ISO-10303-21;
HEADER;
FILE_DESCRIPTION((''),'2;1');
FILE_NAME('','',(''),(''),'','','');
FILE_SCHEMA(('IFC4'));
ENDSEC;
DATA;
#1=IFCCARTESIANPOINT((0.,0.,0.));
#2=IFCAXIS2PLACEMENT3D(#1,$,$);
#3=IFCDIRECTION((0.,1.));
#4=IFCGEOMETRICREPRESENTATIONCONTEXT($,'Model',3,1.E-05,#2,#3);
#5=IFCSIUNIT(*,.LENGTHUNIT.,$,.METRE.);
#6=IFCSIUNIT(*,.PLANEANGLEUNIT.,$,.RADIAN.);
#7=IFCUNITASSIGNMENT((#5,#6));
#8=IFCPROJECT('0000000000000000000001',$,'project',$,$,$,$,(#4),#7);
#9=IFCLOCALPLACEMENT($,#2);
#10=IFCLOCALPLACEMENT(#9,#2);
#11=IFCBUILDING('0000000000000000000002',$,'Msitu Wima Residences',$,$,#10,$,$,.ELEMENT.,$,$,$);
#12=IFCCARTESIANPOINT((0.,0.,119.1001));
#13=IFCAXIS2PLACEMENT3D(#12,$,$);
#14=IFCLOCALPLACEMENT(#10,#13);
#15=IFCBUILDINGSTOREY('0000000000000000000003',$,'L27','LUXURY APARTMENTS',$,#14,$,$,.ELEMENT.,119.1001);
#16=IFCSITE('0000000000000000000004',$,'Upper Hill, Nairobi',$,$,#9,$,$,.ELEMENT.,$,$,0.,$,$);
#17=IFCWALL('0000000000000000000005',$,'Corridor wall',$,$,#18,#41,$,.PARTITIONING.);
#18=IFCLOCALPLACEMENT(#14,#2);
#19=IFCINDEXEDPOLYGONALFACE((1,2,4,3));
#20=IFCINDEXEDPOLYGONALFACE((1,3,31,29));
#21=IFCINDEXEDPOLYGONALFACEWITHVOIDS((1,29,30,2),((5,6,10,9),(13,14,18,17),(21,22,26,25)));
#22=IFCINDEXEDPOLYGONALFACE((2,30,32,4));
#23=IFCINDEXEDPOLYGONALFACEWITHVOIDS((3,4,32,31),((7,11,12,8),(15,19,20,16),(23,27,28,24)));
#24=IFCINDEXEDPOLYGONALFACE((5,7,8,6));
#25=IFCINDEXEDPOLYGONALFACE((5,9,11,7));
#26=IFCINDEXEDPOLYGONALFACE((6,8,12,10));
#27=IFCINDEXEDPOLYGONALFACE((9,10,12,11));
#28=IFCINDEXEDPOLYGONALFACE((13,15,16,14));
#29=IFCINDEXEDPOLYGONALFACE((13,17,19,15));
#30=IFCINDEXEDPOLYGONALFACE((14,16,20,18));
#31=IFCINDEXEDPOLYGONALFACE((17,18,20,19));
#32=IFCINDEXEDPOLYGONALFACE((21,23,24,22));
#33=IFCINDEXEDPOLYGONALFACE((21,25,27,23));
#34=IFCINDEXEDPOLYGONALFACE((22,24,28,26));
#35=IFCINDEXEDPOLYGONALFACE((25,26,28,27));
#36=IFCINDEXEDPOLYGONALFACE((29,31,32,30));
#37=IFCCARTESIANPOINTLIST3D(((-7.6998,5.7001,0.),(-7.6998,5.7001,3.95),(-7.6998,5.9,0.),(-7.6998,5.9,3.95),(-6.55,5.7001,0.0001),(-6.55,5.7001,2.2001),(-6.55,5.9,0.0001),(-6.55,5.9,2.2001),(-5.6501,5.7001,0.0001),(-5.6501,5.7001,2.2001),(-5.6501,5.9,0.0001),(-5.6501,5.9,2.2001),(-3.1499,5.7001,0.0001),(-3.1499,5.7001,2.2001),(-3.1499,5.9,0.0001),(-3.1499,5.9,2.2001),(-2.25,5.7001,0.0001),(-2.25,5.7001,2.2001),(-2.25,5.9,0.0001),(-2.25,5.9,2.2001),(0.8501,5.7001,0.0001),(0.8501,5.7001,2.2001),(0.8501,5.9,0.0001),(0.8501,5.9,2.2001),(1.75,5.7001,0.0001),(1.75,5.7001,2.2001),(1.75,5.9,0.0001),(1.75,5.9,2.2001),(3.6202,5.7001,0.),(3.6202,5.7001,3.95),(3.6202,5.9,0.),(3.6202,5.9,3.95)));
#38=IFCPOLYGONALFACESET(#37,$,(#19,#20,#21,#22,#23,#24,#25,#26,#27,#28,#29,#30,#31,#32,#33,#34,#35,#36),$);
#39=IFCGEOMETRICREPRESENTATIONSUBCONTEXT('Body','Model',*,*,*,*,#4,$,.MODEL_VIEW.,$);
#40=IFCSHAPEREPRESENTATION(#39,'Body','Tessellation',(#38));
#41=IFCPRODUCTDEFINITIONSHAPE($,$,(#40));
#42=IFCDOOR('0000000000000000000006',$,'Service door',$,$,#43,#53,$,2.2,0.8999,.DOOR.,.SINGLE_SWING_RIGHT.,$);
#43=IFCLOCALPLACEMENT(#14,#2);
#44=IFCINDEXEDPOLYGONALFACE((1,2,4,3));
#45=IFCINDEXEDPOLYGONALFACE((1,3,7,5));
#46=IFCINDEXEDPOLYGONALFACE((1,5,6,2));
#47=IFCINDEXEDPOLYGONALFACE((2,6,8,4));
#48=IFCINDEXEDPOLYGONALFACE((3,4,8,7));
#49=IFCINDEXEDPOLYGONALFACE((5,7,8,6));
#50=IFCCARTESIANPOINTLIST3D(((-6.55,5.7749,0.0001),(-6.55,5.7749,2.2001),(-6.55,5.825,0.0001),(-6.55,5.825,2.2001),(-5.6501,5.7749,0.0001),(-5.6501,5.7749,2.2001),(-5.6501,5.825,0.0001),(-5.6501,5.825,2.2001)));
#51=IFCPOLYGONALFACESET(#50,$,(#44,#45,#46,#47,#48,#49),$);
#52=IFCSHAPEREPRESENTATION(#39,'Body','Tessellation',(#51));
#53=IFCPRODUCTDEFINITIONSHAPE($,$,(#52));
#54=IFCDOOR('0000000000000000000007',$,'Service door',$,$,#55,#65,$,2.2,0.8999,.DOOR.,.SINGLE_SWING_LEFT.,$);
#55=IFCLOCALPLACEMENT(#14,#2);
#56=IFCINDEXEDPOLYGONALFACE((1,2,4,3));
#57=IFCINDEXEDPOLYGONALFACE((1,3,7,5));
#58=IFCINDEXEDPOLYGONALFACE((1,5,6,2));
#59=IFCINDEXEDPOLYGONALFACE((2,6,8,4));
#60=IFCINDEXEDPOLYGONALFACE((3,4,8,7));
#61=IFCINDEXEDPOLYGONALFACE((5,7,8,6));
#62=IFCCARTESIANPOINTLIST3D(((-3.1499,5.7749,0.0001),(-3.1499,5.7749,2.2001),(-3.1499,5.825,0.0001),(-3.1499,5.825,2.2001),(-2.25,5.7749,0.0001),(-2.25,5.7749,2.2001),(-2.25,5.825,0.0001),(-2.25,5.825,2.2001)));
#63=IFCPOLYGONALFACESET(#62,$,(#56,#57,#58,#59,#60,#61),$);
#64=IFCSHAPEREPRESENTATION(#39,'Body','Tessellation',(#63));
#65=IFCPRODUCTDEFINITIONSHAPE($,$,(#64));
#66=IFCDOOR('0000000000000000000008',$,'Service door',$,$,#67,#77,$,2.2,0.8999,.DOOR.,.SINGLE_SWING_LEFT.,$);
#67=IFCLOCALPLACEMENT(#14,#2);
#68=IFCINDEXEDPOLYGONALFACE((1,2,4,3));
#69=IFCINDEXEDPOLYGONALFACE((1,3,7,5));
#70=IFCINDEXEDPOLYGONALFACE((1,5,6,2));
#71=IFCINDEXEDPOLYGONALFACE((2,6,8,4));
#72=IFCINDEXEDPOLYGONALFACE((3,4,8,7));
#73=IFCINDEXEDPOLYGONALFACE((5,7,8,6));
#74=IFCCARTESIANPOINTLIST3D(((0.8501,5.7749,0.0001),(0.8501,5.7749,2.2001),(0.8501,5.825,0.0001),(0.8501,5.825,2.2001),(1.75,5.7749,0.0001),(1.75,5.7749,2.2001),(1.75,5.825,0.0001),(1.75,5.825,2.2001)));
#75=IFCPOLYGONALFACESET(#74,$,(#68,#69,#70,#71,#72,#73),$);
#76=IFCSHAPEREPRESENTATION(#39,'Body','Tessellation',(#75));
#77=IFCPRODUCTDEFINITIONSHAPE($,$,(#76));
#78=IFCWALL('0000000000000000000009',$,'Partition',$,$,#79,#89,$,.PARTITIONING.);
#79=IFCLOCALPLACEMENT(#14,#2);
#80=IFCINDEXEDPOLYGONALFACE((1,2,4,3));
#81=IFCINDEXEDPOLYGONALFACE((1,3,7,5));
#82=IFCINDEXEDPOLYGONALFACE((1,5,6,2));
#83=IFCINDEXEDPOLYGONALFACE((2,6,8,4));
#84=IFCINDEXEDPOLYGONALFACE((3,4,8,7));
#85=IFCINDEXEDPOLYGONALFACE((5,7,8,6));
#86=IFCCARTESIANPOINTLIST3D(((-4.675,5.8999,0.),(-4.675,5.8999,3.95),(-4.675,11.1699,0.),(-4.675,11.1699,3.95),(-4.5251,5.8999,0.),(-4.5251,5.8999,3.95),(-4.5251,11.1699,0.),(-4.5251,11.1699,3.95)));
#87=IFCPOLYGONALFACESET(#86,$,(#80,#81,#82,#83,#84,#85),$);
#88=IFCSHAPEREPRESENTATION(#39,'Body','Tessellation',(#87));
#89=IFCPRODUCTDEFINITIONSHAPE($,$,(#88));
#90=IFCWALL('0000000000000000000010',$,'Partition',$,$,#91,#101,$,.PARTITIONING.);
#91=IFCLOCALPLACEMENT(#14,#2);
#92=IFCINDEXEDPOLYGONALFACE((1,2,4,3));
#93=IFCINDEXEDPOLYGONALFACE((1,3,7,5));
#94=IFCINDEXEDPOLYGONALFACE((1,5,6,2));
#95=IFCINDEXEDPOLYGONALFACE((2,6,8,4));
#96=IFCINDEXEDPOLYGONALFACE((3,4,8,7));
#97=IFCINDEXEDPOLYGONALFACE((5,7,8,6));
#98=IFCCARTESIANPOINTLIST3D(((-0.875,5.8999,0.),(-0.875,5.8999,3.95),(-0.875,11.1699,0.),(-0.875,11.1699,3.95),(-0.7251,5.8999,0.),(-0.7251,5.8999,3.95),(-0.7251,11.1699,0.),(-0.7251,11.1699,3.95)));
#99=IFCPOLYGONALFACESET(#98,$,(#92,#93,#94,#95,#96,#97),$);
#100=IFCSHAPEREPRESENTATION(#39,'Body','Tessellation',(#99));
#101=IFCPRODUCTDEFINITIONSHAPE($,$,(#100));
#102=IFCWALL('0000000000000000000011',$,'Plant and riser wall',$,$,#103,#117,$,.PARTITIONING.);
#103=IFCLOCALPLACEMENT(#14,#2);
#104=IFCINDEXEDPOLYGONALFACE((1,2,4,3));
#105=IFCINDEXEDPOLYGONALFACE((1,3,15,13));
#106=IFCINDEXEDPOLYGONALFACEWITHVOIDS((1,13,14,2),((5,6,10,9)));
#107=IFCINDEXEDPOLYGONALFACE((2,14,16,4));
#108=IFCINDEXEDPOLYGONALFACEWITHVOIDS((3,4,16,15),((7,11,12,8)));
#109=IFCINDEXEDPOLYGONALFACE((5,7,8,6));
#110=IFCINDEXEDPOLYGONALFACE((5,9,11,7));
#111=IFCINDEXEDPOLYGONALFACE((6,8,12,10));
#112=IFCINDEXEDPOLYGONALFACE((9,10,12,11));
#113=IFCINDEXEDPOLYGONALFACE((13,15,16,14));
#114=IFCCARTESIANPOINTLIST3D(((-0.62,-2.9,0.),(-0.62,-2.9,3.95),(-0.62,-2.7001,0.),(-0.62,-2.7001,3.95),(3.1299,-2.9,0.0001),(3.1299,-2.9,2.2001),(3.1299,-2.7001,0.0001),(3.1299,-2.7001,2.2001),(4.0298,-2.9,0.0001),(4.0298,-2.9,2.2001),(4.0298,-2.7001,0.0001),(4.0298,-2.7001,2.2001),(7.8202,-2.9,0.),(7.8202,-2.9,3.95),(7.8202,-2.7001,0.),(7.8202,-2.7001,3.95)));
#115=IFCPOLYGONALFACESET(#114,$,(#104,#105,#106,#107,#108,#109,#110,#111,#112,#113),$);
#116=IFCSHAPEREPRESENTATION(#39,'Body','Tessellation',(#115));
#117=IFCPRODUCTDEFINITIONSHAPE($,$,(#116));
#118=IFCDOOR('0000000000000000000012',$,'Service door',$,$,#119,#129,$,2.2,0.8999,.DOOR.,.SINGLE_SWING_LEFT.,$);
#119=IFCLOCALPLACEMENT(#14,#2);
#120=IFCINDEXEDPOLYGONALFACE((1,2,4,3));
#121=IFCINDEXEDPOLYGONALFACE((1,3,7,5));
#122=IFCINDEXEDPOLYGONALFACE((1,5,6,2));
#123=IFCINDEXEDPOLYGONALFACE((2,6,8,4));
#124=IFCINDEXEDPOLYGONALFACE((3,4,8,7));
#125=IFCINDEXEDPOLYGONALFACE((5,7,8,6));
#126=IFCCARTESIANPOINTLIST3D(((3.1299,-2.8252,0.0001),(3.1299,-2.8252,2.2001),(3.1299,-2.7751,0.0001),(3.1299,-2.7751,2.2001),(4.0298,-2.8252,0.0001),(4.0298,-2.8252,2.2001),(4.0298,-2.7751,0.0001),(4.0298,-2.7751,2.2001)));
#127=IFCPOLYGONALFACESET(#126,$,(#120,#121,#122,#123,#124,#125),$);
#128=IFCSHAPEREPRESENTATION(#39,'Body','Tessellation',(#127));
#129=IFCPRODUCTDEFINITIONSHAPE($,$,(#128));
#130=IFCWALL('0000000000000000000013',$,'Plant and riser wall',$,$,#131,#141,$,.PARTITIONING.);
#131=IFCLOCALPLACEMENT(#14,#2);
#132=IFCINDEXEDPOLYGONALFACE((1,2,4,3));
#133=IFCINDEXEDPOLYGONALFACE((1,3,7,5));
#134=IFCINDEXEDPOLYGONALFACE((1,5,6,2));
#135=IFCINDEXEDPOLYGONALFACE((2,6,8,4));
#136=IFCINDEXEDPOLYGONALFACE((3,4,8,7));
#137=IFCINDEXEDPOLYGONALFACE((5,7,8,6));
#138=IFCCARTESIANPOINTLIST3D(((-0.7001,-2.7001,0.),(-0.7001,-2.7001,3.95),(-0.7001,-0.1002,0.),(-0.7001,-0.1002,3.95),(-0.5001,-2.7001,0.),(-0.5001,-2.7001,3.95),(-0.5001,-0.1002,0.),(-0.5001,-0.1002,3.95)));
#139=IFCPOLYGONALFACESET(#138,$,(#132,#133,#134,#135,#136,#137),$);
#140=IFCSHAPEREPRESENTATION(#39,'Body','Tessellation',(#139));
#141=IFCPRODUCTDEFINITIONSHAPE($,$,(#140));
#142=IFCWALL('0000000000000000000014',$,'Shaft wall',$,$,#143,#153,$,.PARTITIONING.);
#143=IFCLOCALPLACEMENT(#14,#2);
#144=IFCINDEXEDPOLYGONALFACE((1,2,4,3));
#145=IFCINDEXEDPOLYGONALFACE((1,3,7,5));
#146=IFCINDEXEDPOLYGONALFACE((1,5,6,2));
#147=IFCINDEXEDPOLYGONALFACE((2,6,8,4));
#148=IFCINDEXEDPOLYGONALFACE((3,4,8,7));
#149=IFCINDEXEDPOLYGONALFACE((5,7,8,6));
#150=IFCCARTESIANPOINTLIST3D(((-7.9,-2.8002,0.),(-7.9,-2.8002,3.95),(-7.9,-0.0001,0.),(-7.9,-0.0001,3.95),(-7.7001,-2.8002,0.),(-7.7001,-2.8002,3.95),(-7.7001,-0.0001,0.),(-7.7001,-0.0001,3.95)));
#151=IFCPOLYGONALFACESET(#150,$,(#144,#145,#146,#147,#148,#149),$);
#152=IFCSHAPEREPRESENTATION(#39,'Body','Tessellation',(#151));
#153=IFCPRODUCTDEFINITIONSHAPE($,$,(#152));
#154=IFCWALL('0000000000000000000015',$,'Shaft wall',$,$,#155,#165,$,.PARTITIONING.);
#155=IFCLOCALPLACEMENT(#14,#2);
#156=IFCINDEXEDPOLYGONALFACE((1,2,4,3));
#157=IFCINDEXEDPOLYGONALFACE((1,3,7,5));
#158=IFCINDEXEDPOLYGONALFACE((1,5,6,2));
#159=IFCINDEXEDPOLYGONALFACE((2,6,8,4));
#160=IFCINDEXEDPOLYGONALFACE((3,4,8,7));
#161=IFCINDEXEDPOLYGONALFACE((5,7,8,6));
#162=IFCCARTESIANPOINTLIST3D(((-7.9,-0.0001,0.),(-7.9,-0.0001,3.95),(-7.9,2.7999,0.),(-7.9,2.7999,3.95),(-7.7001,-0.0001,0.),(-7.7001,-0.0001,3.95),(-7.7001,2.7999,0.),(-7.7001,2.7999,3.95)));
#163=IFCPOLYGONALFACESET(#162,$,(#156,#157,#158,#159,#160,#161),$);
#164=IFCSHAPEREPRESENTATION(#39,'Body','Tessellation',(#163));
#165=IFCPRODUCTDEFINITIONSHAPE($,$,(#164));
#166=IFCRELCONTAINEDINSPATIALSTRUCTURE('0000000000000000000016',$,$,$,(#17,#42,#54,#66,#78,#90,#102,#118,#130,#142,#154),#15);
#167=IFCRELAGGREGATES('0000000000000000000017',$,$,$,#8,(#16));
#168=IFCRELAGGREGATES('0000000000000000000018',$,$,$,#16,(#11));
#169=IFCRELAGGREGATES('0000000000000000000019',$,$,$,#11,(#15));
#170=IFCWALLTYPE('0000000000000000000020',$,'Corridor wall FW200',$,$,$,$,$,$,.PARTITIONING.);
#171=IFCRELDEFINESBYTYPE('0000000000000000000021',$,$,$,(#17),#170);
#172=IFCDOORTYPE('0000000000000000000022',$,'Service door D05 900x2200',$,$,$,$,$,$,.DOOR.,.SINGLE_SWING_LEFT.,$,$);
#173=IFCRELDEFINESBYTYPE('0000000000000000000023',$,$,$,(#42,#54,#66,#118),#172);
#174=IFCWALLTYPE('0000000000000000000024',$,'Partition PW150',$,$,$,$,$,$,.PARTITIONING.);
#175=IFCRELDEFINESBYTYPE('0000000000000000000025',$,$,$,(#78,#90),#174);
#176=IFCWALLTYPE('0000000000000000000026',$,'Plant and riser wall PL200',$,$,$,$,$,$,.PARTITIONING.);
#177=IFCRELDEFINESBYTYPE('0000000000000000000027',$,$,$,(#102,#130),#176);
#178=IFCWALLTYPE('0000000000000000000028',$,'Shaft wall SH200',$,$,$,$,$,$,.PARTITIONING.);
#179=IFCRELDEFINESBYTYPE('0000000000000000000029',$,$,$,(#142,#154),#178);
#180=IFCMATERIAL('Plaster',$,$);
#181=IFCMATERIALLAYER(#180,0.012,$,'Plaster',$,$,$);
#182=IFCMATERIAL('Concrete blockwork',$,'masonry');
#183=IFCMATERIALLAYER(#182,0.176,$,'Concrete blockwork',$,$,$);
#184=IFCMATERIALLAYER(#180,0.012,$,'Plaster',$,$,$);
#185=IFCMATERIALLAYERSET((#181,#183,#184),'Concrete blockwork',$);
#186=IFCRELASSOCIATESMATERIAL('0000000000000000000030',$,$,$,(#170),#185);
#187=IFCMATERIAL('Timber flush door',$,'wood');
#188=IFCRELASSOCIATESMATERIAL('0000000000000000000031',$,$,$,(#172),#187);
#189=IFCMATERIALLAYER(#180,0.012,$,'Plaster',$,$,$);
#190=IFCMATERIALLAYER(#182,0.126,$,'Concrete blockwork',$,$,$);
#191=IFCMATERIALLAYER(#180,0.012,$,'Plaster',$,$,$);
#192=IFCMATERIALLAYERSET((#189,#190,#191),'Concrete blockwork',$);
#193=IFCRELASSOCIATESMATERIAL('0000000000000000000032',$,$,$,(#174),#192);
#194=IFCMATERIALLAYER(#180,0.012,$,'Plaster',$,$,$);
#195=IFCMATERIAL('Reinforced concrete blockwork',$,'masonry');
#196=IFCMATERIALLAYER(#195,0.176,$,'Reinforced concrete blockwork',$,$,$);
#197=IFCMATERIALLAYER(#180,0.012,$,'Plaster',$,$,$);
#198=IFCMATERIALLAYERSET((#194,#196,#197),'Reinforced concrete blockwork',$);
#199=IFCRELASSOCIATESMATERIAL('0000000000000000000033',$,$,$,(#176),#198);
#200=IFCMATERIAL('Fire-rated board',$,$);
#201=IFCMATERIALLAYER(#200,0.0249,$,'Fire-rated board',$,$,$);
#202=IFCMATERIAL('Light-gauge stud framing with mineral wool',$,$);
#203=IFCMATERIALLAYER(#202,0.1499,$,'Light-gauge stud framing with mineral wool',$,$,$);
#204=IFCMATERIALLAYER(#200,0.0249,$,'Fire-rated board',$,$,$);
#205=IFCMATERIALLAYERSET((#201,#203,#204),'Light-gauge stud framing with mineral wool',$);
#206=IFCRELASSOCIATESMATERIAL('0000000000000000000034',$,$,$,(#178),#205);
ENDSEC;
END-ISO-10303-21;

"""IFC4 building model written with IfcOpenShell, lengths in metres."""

from ifc_helpers import new_model, si_unit, direction, frame, frame_2d, origin, place, context, subcontext, project, spatial, rectangle, extrude, material, layer, layer_set, type_object, element, fill, save


model = new_model("IFC4")

# Units and contexts
model_context = context("Model", 3, precision=1e-05, world=origin(), true_north=direction((0.0, 1.0)))
body_context = subcontext(model_context, "Body", "Model", "MODEL_VIEW")
ifc_project = project(units=[si_unit("LENGTHUNIT", "METRE"), si_unit("PLANEANGLEUNIT", "RADIAN")], contexts=[model_context])

# Site, building, storey
site_placement = place(None, origin())
site = spatial("IfcSite", under=ifc_project, at=site_placement, Name="Upper Hill, Nairobi", CompositionType="ELEMENT", RefElevation=0.0)
building_placement = place(site_placement, origin())
building = spatial("IfcBuilding", under=site, at=building_placement, Name="Msitu Wima Residences", CompositionType="ELEMENT")
storey_placement = place(building_placement, frame((0.0, 0.0, 119.1001)))
storey = spatial("IfcBuildingStorey", under=building, at=storey_placement, Name="L27", Description="LUXURY APARTMENTS", CompositionType="ELEMENT", Elevation=119.1001)

# Shared definitions
ifc_material_1 = material(Name="Plaster")
ifc_layer_1 = layer(ifc_material_1, 0.012, Name="Plaster")
ifc_material_2 = material(Name="Concrete blockwork", Category="masonry")
ifc_layer_2 = layer(ifc_material_2, 0.176, Name="Concrete blockwork")
ifc_layer_3 = layer(ifc_material_1, 0.012, Name="Plaster")
ifc_layer_set_1 = layer_set([ifc_layer_1, ifc_layer_2, ifc_layer_3], Name="Concrete blockwork")
wall_type_1 = type_object("IfcWallType", Name="Corridor wall FW200", PredefinedType="PARTITIONING", material=ifc_layer_set_1)
ifc_material_3 = material(Name="Timber flush door", Category="wood")
door_type_1 = type_object("IfcDoorType", Name="Service door D05 900x2200", OperationType="SINGLE_SWING_LEFT", PredefinedType="DOOR", material=ifc_material_3)

# Wall, openings, doors
wall_1_placement = place(storey_placement, frame((-7.7, 5.8, 0.0), z_axis=(0.0, 0.0, 1.0), x_axis=(1.0, 0.0, 0.0)))
wall_1 = element("IfcWall", 1, at=wall_1_placement, inside=storey, type_object=wall_type_1, Name="Corridor wall", PredefinedType="PARTITIONING", context=body_context, shape_type="SweptSolid", body=[
    extrude(rectangle(XDim=11.3201, YDim=0.2, at=frame_2d((5.6602, 0.0))), origin(), (0.0, 0.0, 1.0), 3.95),
])
opening_1_placement = place(wall_1_placement, frame((1.1499, 0.0, 0.0)))
opening_1 = element("IfcOpeningElement", 2, at=opening_1_placement, cuts=wall_1, PredefinedType="OPENING", context=body_context, shape_type="SweptSolid", body=[
    extrude(rectangle(XDim=0.8999, YDim=2.2, at=frame_2d((0.45, 1.1001))), frame((0.0, 0.1099, 0.0), z_axis=(0.0, -1.0, 0.0), x_axis=(1.0, 0.0, 0.0)), (0.0, 0.0, 1.0), 0.22),
])
opening_2_placement = place(wall_1_placement, frame((4.55, 0.0, 0.0)))
opening_2 = element("IfcOpeningElement", 3, at=opening_2_placement, cuts=wall_1, PredefinedType="OPENING", context=body_context, shape_type="SweptSolid", body=[
    extrude(rectangle(XDim=0.8999, YDim=2.2, at=frame_2d((0.45, 1.1001))), frame((0.0, 0.1099, 0.0), z_axis=(0.0, -1.0, 0.0), x_axis=(1.0, 0.0, 0.0)), (0.0, 0.0, 1.0), 0.22),
])
opening_3_placement = place(wall_1_placement, frame((8.55, 0.0, 0.0)))
opening_3 = element("IfcOpeningElement", 4, at=opening_3_placement, cuts=wall_1, PredefinedType="OPENING", context=body_context, shape_type="SweptSolid", body=[
    extrude(rectangle(XDim=0.8999, YDim=2.2, at=frame_2d((0.45, 1.1001))), frame((0.0, 0.1099, 0.0), z_axis=(0.0, -1.0, 0.0), x_axis=(1.0, 0.0, 0.0)), (0.0, 0.0, 1.0), 0.22),
])
door_1_placement = place(opening_1_placement, origin())
door_1 = element("IfcDoor", 5, at=door_1_placement, inside=storey, type_object=door_type_1, Name="Service door", OperationType="SINGLE_SWING_RIGHT", OverallHeight=2.2, OverallWidth=0.8999, PredefinedType="DOOR", context=body_context, shape_type="SweptSolid", body=[
    extrude(rectangle(XDim=0.8999, YDim=2.2, at=frame_2d((0.45, 1.1001))), frame((0.0, 0.0249, 0.0), z_axis=(0.0, -1.0, 0.0), x_axis=(1.0, 0.0, 0.0)), (0.0, 0.0, 1.0), 0.05),
])
fill(opening_1, door_1)
door_2_placement = place(opening_2_placement, origin())
door_2 = element("IfcDoor", 6, at=door_2_placement, inside=storey, type_object=door_type_1, Name="Service door", OperationType="SINGLE_SWING_LEFT", OverallHeight=2.2, OverallWidth=0.8999, PredefinedType="DOOR", context=body_context, shape_type="SweptSolid", body=[
    extrude(rectangle(XDim=0.8999, YDim=2.2, at=frame_2d((0.45, 1.1001))), frame((0.0, 0.0249, 0.0), z_axis=(0.0, -1.0, 0.0), x_axis=(1.0, 0.0, 0.0)), (0.0, 0.0, 1.0), 0.05),
])
fill(opening_2, door_2)
door_3_placement = place(opening_3_placement, origin())
door_3 = element("IfcDoor", 7, at=door_3_placement, inside=storey, type_object=door_type_1, Name="Service door", OperationType="SINGLE_SWING_LEFT", OverallHeight=2.2, OverallWidth=0.8999, PredefinedType="DOOR", context=body_context, shape_type="SweptSolid", body=[
    extrude(rectangle(XDim=0.8999, YDim=2.2, at=frame_2d((0.45, 1.1001))), frame((0.0, 0.0249, 0.0), z_axis=(0.0, -1.0, 0.0), x_axis=(1.0, 0.0, 0.0)), (0.0, 0.0, 1.0), 0.05),
])
fill(opening_3, door_3)

# Walls
ifc_layer_4 = layer(ifc_material_1, 0.012, Name="Plaster")
ifc_layer_5 = layer(ifc_material_2, 0.126, Name="Concrete blockwork")
ifc_layer_6 = layer(ifc_material_1, 0.012, Name="Plaster")
ifc_layer_set_2 = layer_set([ifc_layer_4, ifc_layer_5, ifc_layer_6], Name="Concrete blockwork")
wall_type_2 = type_object("IfcWallType", Name="Partition PW150", PredefinedType="PARTITIONING", material=ifc_layer_set_2)
for number, where, z_axis, x_axis, name in (
    (8, (-4.6001, 5.8999, 0.0), (0.0, 0.0, 1.0), (0.0, 1.0, 0.0), "Partition"),
    (9, (-0.8, 5.8999, 0.0), (0.0, 0.0, 1.0), (0.0, 1.0, 0.0), "Partition"),
):
    element("IfcWall", number, at=place(storey_placement, frame(where, z_axis=z_axis, x_axis=x_axis)), inside=storey, type_object=wall_type_2, Name=name, PredefinedType="PARTITIONING", context=body_context, shape_type="SweptSolid", body=[
        extrude(rectangle(XDim=5.27, YDim=0.1499, at=frame_2d((2.635, 0.0))), origin(), (0.0, 0.0, 1.0), 3.95),
    ])

# Wall, opening, door
ifc_layer_7 = layer(ifc_material_1, 0.012, Name="Plaster")
ifc_material_4 = material(Name="Reinforced concrete blockwork", Category="masonry")
ifc_layer_8 = layer(ifc_material_4, 0.176, Name="Reinforced concrete blockwork")
ifc_layer_9 = layer(ifc_material_1, 0.012, Name="Plaster")
ifc_layer_set_3 = layer_set([ifc_layer_7, ifc_layer_8, ifc_layer_9], Name="Reinforced concrete blockwork")
wall_type_3 = type_object("IfcWallType", Name="Plant and riser wall PL200", PredefinedType="PARTITIONING", material=ifc_layer_set_3)
wall_2_placement = place(storey_placement, frame((-0.6201, -2.8, 0.0), z_axis=(0.0, 0.0, 1.0), x_axis=(1.0, 0.0, 0.0)))
wall_2 = element("IfcWall", 10, at=wall_2_placement, inside=storey, type_object=wall_type_3, Name="Plant and riser wall", PredefinedType="PARTITIONING", context=body_context, shape_type="SweptSolid", body=[
    extrude(rectangle(XDim=8.4402, YDim=0.2, at=frame_2d((4.2202, 0.0))), origin(), (0.0, 0.0, 1.0), 3.95),
])
opening_4_placement = place(wall_2_placement, frame((3.75, 0.0, 0.0)))
opening_4 = element("IfcOpeningElement", 11, at=opening_4_placement, cuts=wall_2, PredefinedType="OPENING", context=body_context, shape_type="SweptSolid", body=[
    extrude(rectangle(XDim=0.8999, YDim=2.2, at=frame_2d((0.45, 1.1001))), frame((0.0, 0.1099, 0.0), z_axis=(0.0, -1.0, 0.0), x_axis=(1.0, 0.0, 0.0)), (0.0, 0.0, 1.0), 0.22),
])
door_4_placement = place(opening_4_placement, origin())
door_4 = element("IfcDoor", 12, at=door_4_placement, inside=storey, type_object=door_type_1, Name="Service door", OperationType="SINGLE_SWING_LEFT", OverallHeight=2.2, OverallWidth=0.8999, PredefinedType="DOOR", context=body_context, shape_type="SweptSolid", body=[
    extrude(rectangle(XDim=0.8999, YDim=2.2, at=frame_2d((0.45, 1.1001))), frame((0.0, 0.0249, 0.0), z_axis=(0.0, -1.0, 0.0), x_axis=(1.0, 0.0, 0.0)), (0.0, 0.0, 1.0), 0.05),
])
fill(opening_4, door_4)

# Walls
wall_3_placement = place(storey_placement, frame((-0.6001, -2.7, 0.0), z_axis=(0.0, 0.0, 1.0), x_axis=(0.0, 1.0, 0.0)))
element("IfcWall", 13, at=wall_3_placement, inside=storey, type_object=wall_type_3, Name="Plant and riser wall", PredefinedType="PARTITIONING", context=body_context, shape_type="SweptSolid", body=[
    extrude(rectangle(XDim=2.5999, YDim=0.2, at=frame_2d((1.2998, 0.0))), origin(), (0.0, 0.0, 1.0), 3.95),
])
ifc_material_5 = material(Name="Fire-rated board")
ifc_layer_10 = layer(ifc_material_5, 0.0249, Name="Fire-rated board")
ifc_material_6 = material(Name="Light-gauge stud framing with mineral wool")
ifc_layer_11 = layer(ifc_material_6, 0.1499, Name="Light-gauge stud framing with mineral wool")
ifc_layer_12 = layer(ifc_material_5, 0.0249, Name="Fire-rated board")
ifc_layer_set_4 = layer_set([ifc_layer_10, ifc_layer_11, ifc_layer_12], Name="Light-gauge stud framing with mineral wool")
wall_type_4 = type_object("IfcWallType", Name="Shaft wall SH200", PredefinedType="PARTITIONING", material=ifc_layer_set_4)
for number, where, z_axis, x_axis, name in (
    (14, (-7.8, -2.8, 0.0), (0.0, 0.0, 1.0), (0.0, 1.0, 0.0), "Shaft wall"),
    (15, (-7.8, 0.0, 0.0), (0.0, 0.0, 1.0), (0.0, 1.0, 0.0), "Shaft wall"),
):
    element("IfcWall", number, at=place(storey_placement, frame(where, z_axis=z_axis, x_axis=x_axis)), inside=storey, type_object=wall_type_4, Name=name, PredefinedType="PARTITIONING", context=body_context, shape_type="SweptSolid", body=[
        extrude(rectangle(XDim=2.8, YDim=0.2, at=frame_2d((1.3999, 0.0))), origin(), (0.0, 0.0, 1.0), 3.95),
    ])

save(model, "model.ifc")
